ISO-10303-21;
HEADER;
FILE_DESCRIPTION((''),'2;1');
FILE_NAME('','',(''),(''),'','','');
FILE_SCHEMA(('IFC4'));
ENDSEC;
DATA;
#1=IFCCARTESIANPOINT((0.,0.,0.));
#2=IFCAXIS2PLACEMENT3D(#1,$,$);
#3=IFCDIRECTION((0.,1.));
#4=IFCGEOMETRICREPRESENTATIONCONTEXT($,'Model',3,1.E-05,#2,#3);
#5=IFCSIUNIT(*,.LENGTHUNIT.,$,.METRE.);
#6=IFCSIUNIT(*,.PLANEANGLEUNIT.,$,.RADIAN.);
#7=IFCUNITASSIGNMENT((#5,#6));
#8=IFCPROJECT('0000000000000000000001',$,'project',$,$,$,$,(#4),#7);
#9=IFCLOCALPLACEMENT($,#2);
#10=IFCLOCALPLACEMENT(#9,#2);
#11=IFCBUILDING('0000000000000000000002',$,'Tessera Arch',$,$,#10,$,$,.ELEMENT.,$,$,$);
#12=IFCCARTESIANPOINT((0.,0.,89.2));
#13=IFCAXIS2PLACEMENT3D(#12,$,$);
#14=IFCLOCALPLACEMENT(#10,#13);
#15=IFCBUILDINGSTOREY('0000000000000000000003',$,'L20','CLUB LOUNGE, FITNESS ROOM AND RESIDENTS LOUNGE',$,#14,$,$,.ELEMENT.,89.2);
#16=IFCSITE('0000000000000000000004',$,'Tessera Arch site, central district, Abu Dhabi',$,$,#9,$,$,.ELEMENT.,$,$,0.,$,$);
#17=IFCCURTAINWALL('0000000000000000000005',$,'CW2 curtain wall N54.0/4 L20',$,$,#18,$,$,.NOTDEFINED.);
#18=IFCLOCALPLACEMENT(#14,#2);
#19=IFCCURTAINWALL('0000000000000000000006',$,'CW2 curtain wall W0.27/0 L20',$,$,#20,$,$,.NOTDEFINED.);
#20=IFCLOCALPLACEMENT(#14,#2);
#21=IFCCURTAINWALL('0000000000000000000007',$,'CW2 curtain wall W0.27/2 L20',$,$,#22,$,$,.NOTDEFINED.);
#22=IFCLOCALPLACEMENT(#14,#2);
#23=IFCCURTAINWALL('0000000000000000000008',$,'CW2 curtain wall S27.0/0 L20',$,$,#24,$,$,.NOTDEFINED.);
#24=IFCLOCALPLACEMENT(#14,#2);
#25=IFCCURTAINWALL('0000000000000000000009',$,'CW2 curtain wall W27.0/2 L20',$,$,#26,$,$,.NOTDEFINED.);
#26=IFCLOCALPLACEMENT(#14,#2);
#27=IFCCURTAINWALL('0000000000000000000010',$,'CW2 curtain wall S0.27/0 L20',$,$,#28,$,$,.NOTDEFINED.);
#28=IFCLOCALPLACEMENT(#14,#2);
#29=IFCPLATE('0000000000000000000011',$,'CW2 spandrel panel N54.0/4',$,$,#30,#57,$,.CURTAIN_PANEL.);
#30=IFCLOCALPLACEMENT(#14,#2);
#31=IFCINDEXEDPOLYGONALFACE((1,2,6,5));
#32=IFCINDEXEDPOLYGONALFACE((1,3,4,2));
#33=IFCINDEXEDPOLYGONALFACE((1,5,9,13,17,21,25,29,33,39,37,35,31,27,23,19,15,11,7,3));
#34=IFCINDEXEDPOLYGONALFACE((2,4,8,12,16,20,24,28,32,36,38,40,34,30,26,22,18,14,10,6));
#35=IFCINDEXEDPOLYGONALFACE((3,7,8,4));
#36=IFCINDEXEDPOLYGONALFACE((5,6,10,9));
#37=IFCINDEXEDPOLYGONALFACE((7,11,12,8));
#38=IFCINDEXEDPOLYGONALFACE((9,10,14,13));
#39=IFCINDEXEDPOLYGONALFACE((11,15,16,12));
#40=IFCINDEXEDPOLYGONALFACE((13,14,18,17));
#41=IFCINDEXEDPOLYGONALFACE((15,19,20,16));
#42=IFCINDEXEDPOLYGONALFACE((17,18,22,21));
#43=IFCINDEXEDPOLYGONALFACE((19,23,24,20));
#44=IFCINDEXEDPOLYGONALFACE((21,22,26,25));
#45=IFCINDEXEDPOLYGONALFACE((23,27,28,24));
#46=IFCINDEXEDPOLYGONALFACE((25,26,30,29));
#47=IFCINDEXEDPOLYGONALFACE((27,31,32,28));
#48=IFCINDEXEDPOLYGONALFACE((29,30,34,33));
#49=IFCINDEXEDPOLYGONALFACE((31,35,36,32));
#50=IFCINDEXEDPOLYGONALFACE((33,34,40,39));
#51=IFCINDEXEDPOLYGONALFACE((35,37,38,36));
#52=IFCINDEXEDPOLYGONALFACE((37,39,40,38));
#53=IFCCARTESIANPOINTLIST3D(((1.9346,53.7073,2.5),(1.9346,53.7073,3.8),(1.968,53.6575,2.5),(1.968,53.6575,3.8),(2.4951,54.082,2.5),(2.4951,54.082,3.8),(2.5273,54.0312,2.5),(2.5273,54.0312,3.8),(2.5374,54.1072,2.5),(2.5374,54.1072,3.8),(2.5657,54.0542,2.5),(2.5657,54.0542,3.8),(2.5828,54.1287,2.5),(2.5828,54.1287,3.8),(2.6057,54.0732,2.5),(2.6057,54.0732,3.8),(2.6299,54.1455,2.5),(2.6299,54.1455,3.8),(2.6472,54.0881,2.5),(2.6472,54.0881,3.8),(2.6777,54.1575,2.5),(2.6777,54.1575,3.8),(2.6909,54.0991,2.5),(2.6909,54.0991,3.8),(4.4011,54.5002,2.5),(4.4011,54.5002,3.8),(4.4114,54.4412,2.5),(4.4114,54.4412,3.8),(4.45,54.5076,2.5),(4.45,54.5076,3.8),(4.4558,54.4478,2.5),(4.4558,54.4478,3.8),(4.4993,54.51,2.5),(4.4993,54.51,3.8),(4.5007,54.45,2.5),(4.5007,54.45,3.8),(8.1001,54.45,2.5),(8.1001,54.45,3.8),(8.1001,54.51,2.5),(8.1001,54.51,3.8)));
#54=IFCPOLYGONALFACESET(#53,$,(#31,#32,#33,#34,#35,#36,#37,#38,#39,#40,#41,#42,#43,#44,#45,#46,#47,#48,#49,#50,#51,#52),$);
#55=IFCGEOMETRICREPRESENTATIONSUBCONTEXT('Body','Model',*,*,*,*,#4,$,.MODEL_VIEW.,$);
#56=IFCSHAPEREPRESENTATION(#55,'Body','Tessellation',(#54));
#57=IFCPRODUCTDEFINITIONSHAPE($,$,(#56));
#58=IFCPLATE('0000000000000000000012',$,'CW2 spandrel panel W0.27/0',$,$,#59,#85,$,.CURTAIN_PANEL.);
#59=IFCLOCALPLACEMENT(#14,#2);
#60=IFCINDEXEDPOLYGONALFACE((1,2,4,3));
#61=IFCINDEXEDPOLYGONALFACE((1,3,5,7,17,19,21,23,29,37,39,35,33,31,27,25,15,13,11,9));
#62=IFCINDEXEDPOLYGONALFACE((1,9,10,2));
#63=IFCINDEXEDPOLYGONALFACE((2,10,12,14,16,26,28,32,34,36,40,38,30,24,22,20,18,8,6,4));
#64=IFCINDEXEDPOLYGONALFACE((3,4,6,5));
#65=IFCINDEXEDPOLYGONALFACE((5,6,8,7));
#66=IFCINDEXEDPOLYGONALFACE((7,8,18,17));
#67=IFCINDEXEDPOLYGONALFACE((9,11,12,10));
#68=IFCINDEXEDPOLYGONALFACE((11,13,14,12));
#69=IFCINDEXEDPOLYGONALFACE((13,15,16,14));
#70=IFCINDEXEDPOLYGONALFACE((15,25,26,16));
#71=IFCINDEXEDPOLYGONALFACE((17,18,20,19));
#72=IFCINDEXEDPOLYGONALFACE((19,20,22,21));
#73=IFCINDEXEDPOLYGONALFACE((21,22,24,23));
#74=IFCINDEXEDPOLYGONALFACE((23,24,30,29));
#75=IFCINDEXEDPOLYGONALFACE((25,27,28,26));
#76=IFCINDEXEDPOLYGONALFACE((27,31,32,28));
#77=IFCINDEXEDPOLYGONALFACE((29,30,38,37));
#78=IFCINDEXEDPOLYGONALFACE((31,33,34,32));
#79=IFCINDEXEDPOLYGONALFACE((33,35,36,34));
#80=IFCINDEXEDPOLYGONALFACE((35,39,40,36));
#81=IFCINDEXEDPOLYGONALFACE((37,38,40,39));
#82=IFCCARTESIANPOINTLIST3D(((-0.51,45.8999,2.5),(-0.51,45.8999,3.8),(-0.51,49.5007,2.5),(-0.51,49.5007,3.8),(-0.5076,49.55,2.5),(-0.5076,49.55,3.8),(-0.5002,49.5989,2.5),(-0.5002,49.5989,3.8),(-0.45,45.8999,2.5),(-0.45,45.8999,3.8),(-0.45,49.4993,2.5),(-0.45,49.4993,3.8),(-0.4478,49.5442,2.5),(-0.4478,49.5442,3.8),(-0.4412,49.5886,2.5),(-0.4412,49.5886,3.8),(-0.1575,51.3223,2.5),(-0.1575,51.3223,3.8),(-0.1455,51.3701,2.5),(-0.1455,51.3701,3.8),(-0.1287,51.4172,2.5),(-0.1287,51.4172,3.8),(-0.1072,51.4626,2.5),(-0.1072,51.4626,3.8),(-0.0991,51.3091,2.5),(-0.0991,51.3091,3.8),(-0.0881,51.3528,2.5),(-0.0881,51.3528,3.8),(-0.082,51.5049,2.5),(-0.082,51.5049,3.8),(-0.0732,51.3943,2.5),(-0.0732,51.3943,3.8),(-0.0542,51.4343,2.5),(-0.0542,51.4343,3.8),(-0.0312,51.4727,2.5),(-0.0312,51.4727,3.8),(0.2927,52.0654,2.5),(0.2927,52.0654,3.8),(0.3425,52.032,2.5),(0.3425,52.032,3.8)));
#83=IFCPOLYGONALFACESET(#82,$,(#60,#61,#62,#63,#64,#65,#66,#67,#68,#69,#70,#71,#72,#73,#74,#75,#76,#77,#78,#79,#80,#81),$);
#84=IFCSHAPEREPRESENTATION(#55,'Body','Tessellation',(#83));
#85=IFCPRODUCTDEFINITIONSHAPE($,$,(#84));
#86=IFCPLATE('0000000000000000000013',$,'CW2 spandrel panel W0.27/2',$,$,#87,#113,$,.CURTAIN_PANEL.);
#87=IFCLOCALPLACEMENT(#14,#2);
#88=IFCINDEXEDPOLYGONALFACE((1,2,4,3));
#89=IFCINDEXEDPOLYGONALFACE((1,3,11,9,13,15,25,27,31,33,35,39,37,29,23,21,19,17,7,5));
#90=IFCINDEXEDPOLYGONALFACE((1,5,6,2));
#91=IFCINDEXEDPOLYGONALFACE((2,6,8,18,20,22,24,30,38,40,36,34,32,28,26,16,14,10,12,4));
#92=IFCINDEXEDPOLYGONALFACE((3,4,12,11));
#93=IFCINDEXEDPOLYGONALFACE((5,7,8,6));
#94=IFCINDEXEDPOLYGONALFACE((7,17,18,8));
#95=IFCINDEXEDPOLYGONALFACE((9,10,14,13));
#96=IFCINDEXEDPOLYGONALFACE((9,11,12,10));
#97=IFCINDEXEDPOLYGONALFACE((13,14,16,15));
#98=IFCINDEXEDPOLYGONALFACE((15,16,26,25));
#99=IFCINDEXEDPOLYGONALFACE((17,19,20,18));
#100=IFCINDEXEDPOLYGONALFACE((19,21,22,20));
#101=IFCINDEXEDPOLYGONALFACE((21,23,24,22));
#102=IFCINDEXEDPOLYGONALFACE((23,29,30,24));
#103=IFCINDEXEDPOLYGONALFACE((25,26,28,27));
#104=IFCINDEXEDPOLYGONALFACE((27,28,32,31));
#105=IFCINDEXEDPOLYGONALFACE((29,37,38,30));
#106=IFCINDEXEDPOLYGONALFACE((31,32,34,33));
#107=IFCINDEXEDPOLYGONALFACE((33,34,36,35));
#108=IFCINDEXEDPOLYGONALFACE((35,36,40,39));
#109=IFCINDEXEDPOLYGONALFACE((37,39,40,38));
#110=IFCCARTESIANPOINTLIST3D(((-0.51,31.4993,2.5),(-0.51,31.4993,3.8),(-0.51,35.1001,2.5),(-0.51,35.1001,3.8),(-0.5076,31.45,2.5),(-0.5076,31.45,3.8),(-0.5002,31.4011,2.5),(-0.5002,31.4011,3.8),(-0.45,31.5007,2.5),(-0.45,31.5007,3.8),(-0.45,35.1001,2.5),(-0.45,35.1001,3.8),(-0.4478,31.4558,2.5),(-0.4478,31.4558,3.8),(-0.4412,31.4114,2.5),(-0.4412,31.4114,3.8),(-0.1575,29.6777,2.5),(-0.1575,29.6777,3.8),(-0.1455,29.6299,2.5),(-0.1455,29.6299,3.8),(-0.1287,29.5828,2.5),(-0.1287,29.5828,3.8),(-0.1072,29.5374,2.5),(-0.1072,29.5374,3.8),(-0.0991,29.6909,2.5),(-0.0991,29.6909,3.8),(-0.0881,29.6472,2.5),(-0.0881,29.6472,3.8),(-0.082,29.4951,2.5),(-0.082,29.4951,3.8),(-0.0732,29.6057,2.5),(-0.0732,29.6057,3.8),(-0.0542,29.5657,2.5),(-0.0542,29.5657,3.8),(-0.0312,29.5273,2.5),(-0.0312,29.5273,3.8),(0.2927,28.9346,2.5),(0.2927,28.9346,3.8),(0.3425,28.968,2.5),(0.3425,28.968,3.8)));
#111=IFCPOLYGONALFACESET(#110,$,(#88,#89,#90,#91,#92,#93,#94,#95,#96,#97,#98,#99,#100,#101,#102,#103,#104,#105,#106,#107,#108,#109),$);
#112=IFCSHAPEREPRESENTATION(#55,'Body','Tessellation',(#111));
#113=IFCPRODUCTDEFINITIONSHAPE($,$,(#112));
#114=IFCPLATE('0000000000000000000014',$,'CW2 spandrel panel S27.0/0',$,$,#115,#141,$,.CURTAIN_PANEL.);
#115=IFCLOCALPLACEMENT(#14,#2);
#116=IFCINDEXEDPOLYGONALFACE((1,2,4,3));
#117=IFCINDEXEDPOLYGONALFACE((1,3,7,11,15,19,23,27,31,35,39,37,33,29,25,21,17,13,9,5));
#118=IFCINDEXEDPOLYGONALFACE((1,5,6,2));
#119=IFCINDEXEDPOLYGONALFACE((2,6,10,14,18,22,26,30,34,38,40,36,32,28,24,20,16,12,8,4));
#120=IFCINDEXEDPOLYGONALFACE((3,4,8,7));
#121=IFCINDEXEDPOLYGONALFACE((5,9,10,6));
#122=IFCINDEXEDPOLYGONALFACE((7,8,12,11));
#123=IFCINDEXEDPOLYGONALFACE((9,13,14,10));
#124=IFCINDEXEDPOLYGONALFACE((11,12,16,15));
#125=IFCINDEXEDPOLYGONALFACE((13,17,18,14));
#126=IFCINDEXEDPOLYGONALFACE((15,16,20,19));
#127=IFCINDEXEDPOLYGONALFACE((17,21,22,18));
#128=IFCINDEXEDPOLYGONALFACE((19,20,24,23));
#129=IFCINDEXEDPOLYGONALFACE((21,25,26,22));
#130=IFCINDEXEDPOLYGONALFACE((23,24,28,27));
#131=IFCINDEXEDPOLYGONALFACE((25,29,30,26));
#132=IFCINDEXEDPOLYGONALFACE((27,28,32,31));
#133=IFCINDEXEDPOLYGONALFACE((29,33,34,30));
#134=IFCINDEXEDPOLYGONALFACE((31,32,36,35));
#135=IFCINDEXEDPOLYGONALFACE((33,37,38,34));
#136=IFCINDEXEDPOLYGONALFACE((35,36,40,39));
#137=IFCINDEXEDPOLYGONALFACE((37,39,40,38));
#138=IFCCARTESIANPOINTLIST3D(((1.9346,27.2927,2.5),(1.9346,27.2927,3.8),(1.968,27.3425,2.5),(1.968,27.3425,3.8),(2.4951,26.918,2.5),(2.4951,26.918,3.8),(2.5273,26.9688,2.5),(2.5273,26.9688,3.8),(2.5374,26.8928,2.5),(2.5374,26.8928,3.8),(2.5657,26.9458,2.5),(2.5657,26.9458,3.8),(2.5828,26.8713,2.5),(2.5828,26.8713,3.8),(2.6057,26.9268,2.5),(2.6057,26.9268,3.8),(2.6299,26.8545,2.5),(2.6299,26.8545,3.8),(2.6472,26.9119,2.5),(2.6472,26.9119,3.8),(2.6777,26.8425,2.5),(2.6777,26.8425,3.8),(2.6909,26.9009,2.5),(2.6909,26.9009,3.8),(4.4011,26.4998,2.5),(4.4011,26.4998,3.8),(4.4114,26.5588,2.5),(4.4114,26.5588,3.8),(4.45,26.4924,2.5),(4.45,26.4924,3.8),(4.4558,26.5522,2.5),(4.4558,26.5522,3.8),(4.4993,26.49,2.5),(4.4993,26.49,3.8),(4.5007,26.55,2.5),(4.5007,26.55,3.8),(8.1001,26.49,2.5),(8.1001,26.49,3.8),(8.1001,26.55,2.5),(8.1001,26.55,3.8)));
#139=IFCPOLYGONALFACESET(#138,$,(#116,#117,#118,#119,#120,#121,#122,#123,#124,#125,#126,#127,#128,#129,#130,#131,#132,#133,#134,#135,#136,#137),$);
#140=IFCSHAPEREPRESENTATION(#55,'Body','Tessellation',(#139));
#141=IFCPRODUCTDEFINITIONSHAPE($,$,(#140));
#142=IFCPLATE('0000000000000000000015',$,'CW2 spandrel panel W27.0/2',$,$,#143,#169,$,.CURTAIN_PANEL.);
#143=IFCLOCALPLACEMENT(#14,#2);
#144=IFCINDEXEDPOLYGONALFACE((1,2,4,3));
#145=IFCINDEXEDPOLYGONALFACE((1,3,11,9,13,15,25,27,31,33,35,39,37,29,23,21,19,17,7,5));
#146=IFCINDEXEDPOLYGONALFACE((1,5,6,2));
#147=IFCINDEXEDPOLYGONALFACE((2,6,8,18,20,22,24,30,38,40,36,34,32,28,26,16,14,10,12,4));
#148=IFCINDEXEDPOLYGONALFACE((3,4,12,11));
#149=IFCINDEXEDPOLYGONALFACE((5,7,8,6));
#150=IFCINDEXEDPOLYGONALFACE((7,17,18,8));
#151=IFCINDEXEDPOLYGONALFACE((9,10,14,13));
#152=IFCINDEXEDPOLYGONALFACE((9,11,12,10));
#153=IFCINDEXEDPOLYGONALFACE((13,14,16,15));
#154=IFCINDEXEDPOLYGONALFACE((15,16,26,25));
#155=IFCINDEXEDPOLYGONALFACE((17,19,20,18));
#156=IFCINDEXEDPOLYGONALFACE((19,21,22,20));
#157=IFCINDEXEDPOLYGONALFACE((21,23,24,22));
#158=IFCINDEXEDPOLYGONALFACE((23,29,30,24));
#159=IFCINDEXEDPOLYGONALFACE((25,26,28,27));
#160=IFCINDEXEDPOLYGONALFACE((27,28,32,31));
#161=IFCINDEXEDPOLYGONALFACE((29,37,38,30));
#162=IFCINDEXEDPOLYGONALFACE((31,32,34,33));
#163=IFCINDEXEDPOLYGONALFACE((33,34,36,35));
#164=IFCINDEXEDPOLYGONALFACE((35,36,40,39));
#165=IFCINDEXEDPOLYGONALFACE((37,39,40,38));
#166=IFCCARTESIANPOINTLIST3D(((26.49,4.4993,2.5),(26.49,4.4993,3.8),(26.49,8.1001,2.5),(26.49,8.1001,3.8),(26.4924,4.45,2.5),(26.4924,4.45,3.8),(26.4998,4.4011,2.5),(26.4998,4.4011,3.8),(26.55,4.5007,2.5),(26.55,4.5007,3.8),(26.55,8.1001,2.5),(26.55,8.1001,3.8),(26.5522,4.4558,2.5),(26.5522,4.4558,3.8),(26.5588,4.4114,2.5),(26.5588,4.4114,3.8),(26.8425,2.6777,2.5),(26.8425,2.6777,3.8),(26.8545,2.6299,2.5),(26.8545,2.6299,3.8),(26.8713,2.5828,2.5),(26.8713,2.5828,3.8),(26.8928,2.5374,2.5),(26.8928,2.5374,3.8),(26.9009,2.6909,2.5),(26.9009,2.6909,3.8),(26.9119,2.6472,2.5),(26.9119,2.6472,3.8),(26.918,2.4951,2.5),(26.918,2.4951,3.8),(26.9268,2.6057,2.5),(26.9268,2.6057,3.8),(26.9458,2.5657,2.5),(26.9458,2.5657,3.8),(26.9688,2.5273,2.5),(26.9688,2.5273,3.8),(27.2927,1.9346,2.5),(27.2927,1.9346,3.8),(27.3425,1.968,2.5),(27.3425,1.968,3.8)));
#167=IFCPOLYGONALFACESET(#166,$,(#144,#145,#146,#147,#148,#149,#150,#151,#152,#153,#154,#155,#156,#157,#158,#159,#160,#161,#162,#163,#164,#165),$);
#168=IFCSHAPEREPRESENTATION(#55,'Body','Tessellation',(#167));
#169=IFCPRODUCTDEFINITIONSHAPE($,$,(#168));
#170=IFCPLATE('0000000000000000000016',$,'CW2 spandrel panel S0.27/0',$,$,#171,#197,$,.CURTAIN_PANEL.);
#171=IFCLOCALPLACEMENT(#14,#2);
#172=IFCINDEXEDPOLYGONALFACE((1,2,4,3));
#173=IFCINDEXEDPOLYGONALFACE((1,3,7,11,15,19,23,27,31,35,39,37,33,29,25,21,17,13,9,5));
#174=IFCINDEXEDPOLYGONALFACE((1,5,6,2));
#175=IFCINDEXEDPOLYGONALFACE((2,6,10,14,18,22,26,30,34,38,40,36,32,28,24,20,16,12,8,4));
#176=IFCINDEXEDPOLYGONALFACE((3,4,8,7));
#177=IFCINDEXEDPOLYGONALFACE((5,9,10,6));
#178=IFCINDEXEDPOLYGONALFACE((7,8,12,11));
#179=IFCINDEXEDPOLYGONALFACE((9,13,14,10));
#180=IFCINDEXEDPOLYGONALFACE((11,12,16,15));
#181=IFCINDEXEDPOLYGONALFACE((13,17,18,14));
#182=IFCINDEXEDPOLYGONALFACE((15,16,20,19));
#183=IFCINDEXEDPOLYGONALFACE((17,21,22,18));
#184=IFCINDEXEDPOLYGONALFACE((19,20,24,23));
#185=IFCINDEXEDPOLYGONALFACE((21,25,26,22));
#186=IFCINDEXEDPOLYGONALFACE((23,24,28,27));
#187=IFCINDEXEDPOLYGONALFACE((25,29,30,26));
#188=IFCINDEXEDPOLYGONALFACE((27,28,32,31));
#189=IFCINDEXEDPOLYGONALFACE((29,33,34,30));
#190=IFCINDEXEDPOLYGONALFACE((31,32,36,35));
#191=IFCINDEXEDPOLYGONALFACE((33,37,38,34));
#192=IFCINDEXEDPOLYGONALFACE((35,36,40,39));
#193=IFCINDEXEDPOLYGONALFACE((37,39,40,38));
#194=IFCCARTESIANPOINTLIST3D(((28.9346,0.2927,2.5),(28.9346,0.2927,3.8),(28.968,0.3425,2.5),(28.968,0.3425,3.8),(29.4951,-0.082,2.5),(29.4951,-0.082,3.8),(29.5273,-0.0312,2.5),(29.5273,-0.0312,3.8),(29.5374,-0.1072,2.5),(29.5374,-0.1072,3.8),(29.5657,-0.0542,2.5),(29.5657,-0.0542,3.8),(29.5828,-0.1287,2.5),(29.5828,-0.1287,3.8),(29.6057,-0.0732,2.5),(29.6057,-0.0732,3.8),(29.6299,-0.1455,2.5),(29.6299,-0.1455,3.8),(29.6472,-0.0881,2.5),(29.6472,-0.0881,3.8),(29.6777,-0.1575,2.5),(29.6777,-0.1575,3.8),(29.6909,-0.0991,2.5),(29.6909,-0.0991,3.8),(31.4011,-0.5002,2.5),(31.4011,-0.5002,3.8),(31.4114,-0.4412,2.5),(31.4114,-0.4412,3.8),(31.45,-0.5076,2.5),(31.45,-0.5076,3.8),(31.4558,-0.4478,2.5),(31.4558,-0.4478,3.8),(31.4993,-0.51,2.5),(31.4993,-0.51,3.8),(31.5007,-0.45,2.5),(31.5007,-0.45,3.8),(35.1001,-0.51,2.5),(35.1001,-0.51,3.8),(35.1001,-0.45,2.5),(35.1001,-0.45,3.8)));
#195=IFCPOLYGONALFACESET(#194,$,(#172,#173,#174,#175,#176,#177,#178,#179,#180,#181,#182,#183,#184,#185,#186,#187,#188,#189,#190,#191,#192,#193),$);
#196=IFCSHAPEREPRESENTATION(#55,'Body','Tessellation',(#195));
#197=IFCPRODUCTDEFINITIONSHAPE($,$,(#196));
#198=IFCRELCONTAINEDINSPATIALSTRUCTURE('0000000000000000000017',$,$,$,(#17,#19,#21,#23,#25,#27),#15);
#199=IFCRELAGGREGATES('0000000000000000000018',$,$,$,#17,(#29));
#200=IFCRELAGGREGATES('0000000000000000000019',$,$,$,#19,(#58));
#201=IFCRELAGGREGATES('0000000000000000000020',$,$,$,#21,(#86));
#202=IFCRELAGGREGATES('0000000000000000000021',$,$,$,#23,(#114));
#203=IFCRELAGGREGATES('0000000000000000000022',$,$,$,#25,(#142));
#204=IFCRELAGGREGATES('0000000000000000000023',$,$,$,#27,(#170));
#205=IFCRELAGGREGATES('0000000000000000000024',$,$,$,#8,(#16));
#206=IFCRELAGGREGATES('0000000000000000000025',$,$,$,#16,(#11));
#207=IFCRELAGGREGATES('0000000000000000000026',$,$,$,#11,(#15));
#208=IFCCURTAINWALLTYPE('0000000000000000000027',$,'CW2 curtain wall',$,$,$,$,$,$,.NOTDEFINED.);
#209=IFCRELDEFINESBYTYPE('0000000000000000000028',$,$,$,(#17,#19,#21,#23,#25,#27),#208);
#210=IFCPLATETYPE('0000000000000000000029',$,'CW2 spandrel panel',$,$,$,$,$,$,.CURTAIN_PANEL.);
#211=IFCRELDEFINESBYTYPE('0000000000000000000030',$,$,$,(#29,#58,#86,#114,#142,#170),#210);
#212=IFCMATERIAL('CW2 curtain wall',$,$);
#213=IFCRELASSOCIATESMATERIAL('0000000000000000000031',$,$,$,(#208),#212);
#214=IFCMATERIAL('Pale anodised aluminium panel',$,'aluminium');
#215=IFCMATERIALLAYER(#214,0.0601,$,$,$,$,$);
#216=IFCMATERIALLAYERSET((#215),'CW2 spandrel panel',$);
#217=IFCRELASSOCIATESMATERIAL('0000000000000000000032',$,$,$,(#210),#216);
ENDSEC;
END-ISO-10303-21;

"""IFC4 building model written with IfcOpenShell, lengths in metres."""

from ifc_helpers import new_model, si_unit, direction, frame, origin, place, context, subcontext, project, spatial, polyline, outline, extrude, material, layer, layer_set, type_object, element, aggregate, save


model = new_model("IFC4")

# Units and contexts
model_context = context("Model", 3, precision=1e-05, world=origin(), true_north=direction((0.0, 1.0)))
body_context = subcontext(model_context, "Body", "Model", "MODEL_VIEW")
ifc_project = project(units=[si_unit("LENGTHUNIT", "METRE"), si_unit("PLANEANGLEUNIT", "RADIAN")], contexts=[model_context])

# Site, building, storey
site_placement = place(None, origin())
site = spatial("IfcSite", under=ifc_project, at=site_placement, Name="Tessera Arch site, central district, Abu Dhabi", CompositionType="ELEMENT", RefElevation=0.0)
building_placement = place(site_placement, origin())
building = spatial("IfcBuilding", under=site, at=building_placement, Name="Tessera Arch", CompositionType="ELEMENT")
storey_placement = place(building_placement, frame((0.0, 0.0, 89.2)))
storey = spatial("IfcBuildingStorey", under=building, at=storey_placement, Name="L20", Description="CLUB LOUNGE, FITNESS ROOM AND RESIDENTS LOUNGE", CompositionType="ELEMENT", Elevation=89.2)

# Curtain walls
ifc_material_1 = material(Name="CW2 curtain wall")
curtain_wall_type = type_object("IfcCurtainWallType", Name="CW2 curtain wall", PredefinedType="NOTDEFINED", material=ifc_material_1)
curtain_wall_1_placement = place(storey_placement, origin())
curtain_wall_1 = element("IfcCurtainWall", 1, at=curtain_wall_1_placement, inside=storey, type_object=curtain_wall_type, Name="CW2 curtain wall N54.0/4 L20", PredefinedType="NOTDEFINED")
curtain_wall_2_placement = place(storey_placement, origin())
curtain_wall_2 = element("IfcCurtainWall", 2, at=curtain_wall_2_placement, inside=storey, type_object=curtain_wall_type, Name="CW2 curtain wall W0.27/0 L20", PredefinedType="NOTDEFINED")
curtain_wall_3_placement = place(storey_placement, origin())
curtain_wall_3 = element("IfcCurtainWall", 3, at=curtain_wall_3_placement, inside=storey, type_object=curtain_wall_type, Name="CW2 curtain wall W0.27/2 L20", PredefinedType="NOTDEFINED")
curtain_wall_4_placement = place(storey_placement, origin())
curtain_wall_4 = element("IfcCurtainWall", 4, at=curtain_wall_4_placement, inside=storey, type_object=curtain_wall_type, Name="CW2 curtain wall S27.0/0 L20", PredefinedType="NOTDEFINED")
curtain_wall_5_placement = place(storey_placement, origin())
curtain_wall_5 = element("IfcCurtainWall", 5, at=curtain_wall_5_placement, inside=storey, type_object=curtain_wall_type, Name="CW2 curtain wall W27.0/2 L20", PredefinedType="NOTDEFINED")
curtain_wall_6_placement = place(storey_placement, origin())
curtain_wall_6 = element("IfcCurtainWall", 6, at=curtain_wall_6_placement, inside=storey, type_object=curtain_wall_type, Name="CW2 curtain wall S0.27/0 L20", PredefinedType="NOTDEFINED")

# Plates
ifc_material_2 = material(Name="Pale anodised aluminium panel", Category="aluminium")
ifc_layer_1 = layer(ifc_material_2, 0.0601)
ifc_layer_set_1 = layer_set([ifc_layer_1], Name="CW2 spandrel panel")
plate_type = type_object("IfcPlateType", Name="CW2 spandrel panel", PredefinedType="CURTAIN_PANEL", material=ifc_layer_set_1)
plate_1_placement = place(storey_placement, frame((0.0, 0.0, 2.5)))
plate_1 = element("IfcPlate", 7, at=plate_1_placement, type_object=plate_type, Name="CW2 spandrel panel N54.0/4", PredefinedType="CURTAIN_PANEL", context=body_context, shape_type="SweptSolid", body=[
    extrude(outline(polyline([(4.5007, 54.45), (8.1001, 54.45), (8.1001, 54.51), (4.4993, 54.51), (4.45, 54.5076), (4.4011, 54.5002), (2.6777, 54.1575), (2.6299, 54.1455), (2.5828, 54.1287), (2.5374, 54.1072), (2.4951, 54.082), (1.9346, 53.7073), (1.968, 53.6575), (2.5273, 54.0312), (2.5657, 54.0542), (2.6057, 54.0732), (2.6472, 54.0881), (2.6909, 54.0991), (4.4114, 54.4412), (4.4558, 54.4478), (4.5007, 54.45)])), origin(), (0.0, 0.0, 1.0), 1.3),
])
aggregate(curtain_wall_1, [plate_1])
plate_2_placement = place(storey_placement, frame((0.0, 0.0, 2.5)))
plate_2 = element("IfcPlate", 8, at=plate_2_placement, type_object=plate_type, Name="CW2 spandrel panel W0.27/0", PredefinedType="CURTAIN_PANEL", context=body_context, shape_type="SweptSolid", body=[
    extrude(outline(polyline([(-0.0312, 51.4727), (0.3425, 52.032), (0.2927, 52.0654), (-0.082, 51.5049), (-0.1072, 51.4626), (-0.1287, 51.4172), (-0.1455, 51.3701), (-0.1575, 51.3223), (-0.5002, 49.5989), (-0.5076, 49.55), (-0.51, 49.5007), (-0.51, 45.8999), (-0.45, 45.8999), (-0.45, 49.4993), (-0.4478, 49.5442), (-0.4412, 49.5886), (-0.0991, 51.3091), (-0.0881, 51.3528), (-0.0732, 51.3943), (-0.0542, 51.4343), (-0.0312, 51.4727)])), origin(), (0.0, 0.0, 1.0), 1.3),
])
aggregate(curtain_wall_2, [plate_2])
plate_3_placement = place(storey_placement, frame((0.0, 0.0, 2.5)))
plate_3 = element("IfcPlate", 9, at=plate_3_placement, type_object=plate_type, Name="CW2 spandrel panel W0.27/2", PredefinedType="CURTAIN_PANEL", context=body_context, shape_type="SweptSolid", body=[
    extrude(outline(polyline([(-0.45, 31.5007), (-0.45, 35.1001), (-0.51, 35.1001), (-0.51, 31.4993), (-0.5076, 31.45), (-0.5002, 31.4011), (-0.1575, 29.6777), (-0.1455, 29.6299), (-0.1287, 29.5828), (-0.1072, 29.5374), (-0.082, 29.4951), (0.2927, 28.9346), (0.3425, 28.968), (-0.0312, 29.5273), (-0.0542, 29.5657), (-0.0732, 29.6057), (-0.0881, 29.6472), (-0.0991, 29.6909), (-0.4412, 31.4114), (-0.4478, 31.4558), (-0.45, 31.5007)])), origin(), (0.0, 0.0, 1.0), 1.3),
])
aggregate(curtain_wall_3, [plate_3])
plate_4_placement = place(storey_placement, frame((0.0, 0.0, 2.5)))
plate_4 = element("IfcPlate", 10, at=plate_4_placement, type_object=plate_type, Name="CW2 spandrel panel S27.0/0", PredefinedType="CURTAIN_PANEL", context=body_context, shape_type="SweptSolid", body=[
    extrude(outline(polyline([(2.5273, 26.9688), (1.968, 27.3425), (1.9346, 27.2927), (2.4951, 26.918), (2.5374, 26.8928), (2.5828, 26.8713), (2.6299, 26.8545), (2.6777, 26.8425), (4.4011, 26.4998), (4.45, 26.4924), (4.4993, 26.49), (8.1001, 26.49), (8.1001, 26.55), (4.5007, 26.55), (4.4558, 26.5522), (4.4114, 26.5588), (2.6909, 26.9009), (2.6472, 26.9119), (2.6057, 26.9268), (2.5657, 26.9458), (2.5273, 26.9688)])), origin(), (0.0, 0.0, 1.0), 1.3),
])
aggregate(curtain_wall_4, [plate_4])
plate_5_placement = place(storey_placement, frame((0.0, 0.0, 2.5)))
plate_5 = element("IfcPlate", 11, at=plate_5_placement, type_object=plate_type, Name="CW2 spandrel panel W27.0/2", PredefinedType="CURTAIN_PANEL", context=body_context, shape_type="SweptSolid", body=[
    extrude(outline(polyline([(26.55, 4.5007), (26.55, 8.1001), (26.49, 8.1001), (26.49, 4.4993), (26.4924, 4.45), (26.4998, 4.4011), (26.8425, 2.6777), (26.8545, 2.6299), (26.8713, 2.5828), (26.8928, 2.5374), (26.918, 2.4951), (27.2927, 1.9346), (27.3425, 1.968), (26.9688, 2.5273), (26.9458, 2.5657), (26.9268, 2.6057), (26.9119, 2.6472), (26.9009, 2.6909), (26.5588, 4.4114), (26.5522, 4.4558), (26.55, 4.5007)])), origin(), (0.0, 0.0, 1.0), 1.3),
])
aggregate(curtain_wall_5, [plate_5])
plate_6_placement = place(storey_placement, frame((0.0, 0.0, 2.5)))
plate_6 = element("IfcPlate", 12, at=plate_6_placement, type_object=plate_type, Name="CW2 spandrel panel S0.27/0", PredefinedType="CURTAIN_PANEL", context=body_context, shape_type="SweptSolid", body=[
    extrude(outline(polyline([(29.5273, -0.0312), (28.968, 0.3425), (28.9346, 0.2927), (29.4951, -0.082), (29.5374, -0.1072), (29.5828, -0.1287), (29.6299, -0.1455), (29.6777, -0.1575), (31.4011, -0.5002), (31.45, -0.5076), (31.4993, -0.51), (35.1001, -0.51), (35.1001, -0.45), (31.5007, -0.45), (31.4558, -0.4478), (31.4114, -0.4412), (29.6909, -0.0991), (29.6472, -0.0881), (29.6057, -0.0732), (29.5657, -0.0542), (29.5273, -0.0312)])), origin(), (0.0, 0.0, 1.0), 1.3),
])
aggregate(curtain_wall_6, [plate_6])

save(model, "model.ifc")
